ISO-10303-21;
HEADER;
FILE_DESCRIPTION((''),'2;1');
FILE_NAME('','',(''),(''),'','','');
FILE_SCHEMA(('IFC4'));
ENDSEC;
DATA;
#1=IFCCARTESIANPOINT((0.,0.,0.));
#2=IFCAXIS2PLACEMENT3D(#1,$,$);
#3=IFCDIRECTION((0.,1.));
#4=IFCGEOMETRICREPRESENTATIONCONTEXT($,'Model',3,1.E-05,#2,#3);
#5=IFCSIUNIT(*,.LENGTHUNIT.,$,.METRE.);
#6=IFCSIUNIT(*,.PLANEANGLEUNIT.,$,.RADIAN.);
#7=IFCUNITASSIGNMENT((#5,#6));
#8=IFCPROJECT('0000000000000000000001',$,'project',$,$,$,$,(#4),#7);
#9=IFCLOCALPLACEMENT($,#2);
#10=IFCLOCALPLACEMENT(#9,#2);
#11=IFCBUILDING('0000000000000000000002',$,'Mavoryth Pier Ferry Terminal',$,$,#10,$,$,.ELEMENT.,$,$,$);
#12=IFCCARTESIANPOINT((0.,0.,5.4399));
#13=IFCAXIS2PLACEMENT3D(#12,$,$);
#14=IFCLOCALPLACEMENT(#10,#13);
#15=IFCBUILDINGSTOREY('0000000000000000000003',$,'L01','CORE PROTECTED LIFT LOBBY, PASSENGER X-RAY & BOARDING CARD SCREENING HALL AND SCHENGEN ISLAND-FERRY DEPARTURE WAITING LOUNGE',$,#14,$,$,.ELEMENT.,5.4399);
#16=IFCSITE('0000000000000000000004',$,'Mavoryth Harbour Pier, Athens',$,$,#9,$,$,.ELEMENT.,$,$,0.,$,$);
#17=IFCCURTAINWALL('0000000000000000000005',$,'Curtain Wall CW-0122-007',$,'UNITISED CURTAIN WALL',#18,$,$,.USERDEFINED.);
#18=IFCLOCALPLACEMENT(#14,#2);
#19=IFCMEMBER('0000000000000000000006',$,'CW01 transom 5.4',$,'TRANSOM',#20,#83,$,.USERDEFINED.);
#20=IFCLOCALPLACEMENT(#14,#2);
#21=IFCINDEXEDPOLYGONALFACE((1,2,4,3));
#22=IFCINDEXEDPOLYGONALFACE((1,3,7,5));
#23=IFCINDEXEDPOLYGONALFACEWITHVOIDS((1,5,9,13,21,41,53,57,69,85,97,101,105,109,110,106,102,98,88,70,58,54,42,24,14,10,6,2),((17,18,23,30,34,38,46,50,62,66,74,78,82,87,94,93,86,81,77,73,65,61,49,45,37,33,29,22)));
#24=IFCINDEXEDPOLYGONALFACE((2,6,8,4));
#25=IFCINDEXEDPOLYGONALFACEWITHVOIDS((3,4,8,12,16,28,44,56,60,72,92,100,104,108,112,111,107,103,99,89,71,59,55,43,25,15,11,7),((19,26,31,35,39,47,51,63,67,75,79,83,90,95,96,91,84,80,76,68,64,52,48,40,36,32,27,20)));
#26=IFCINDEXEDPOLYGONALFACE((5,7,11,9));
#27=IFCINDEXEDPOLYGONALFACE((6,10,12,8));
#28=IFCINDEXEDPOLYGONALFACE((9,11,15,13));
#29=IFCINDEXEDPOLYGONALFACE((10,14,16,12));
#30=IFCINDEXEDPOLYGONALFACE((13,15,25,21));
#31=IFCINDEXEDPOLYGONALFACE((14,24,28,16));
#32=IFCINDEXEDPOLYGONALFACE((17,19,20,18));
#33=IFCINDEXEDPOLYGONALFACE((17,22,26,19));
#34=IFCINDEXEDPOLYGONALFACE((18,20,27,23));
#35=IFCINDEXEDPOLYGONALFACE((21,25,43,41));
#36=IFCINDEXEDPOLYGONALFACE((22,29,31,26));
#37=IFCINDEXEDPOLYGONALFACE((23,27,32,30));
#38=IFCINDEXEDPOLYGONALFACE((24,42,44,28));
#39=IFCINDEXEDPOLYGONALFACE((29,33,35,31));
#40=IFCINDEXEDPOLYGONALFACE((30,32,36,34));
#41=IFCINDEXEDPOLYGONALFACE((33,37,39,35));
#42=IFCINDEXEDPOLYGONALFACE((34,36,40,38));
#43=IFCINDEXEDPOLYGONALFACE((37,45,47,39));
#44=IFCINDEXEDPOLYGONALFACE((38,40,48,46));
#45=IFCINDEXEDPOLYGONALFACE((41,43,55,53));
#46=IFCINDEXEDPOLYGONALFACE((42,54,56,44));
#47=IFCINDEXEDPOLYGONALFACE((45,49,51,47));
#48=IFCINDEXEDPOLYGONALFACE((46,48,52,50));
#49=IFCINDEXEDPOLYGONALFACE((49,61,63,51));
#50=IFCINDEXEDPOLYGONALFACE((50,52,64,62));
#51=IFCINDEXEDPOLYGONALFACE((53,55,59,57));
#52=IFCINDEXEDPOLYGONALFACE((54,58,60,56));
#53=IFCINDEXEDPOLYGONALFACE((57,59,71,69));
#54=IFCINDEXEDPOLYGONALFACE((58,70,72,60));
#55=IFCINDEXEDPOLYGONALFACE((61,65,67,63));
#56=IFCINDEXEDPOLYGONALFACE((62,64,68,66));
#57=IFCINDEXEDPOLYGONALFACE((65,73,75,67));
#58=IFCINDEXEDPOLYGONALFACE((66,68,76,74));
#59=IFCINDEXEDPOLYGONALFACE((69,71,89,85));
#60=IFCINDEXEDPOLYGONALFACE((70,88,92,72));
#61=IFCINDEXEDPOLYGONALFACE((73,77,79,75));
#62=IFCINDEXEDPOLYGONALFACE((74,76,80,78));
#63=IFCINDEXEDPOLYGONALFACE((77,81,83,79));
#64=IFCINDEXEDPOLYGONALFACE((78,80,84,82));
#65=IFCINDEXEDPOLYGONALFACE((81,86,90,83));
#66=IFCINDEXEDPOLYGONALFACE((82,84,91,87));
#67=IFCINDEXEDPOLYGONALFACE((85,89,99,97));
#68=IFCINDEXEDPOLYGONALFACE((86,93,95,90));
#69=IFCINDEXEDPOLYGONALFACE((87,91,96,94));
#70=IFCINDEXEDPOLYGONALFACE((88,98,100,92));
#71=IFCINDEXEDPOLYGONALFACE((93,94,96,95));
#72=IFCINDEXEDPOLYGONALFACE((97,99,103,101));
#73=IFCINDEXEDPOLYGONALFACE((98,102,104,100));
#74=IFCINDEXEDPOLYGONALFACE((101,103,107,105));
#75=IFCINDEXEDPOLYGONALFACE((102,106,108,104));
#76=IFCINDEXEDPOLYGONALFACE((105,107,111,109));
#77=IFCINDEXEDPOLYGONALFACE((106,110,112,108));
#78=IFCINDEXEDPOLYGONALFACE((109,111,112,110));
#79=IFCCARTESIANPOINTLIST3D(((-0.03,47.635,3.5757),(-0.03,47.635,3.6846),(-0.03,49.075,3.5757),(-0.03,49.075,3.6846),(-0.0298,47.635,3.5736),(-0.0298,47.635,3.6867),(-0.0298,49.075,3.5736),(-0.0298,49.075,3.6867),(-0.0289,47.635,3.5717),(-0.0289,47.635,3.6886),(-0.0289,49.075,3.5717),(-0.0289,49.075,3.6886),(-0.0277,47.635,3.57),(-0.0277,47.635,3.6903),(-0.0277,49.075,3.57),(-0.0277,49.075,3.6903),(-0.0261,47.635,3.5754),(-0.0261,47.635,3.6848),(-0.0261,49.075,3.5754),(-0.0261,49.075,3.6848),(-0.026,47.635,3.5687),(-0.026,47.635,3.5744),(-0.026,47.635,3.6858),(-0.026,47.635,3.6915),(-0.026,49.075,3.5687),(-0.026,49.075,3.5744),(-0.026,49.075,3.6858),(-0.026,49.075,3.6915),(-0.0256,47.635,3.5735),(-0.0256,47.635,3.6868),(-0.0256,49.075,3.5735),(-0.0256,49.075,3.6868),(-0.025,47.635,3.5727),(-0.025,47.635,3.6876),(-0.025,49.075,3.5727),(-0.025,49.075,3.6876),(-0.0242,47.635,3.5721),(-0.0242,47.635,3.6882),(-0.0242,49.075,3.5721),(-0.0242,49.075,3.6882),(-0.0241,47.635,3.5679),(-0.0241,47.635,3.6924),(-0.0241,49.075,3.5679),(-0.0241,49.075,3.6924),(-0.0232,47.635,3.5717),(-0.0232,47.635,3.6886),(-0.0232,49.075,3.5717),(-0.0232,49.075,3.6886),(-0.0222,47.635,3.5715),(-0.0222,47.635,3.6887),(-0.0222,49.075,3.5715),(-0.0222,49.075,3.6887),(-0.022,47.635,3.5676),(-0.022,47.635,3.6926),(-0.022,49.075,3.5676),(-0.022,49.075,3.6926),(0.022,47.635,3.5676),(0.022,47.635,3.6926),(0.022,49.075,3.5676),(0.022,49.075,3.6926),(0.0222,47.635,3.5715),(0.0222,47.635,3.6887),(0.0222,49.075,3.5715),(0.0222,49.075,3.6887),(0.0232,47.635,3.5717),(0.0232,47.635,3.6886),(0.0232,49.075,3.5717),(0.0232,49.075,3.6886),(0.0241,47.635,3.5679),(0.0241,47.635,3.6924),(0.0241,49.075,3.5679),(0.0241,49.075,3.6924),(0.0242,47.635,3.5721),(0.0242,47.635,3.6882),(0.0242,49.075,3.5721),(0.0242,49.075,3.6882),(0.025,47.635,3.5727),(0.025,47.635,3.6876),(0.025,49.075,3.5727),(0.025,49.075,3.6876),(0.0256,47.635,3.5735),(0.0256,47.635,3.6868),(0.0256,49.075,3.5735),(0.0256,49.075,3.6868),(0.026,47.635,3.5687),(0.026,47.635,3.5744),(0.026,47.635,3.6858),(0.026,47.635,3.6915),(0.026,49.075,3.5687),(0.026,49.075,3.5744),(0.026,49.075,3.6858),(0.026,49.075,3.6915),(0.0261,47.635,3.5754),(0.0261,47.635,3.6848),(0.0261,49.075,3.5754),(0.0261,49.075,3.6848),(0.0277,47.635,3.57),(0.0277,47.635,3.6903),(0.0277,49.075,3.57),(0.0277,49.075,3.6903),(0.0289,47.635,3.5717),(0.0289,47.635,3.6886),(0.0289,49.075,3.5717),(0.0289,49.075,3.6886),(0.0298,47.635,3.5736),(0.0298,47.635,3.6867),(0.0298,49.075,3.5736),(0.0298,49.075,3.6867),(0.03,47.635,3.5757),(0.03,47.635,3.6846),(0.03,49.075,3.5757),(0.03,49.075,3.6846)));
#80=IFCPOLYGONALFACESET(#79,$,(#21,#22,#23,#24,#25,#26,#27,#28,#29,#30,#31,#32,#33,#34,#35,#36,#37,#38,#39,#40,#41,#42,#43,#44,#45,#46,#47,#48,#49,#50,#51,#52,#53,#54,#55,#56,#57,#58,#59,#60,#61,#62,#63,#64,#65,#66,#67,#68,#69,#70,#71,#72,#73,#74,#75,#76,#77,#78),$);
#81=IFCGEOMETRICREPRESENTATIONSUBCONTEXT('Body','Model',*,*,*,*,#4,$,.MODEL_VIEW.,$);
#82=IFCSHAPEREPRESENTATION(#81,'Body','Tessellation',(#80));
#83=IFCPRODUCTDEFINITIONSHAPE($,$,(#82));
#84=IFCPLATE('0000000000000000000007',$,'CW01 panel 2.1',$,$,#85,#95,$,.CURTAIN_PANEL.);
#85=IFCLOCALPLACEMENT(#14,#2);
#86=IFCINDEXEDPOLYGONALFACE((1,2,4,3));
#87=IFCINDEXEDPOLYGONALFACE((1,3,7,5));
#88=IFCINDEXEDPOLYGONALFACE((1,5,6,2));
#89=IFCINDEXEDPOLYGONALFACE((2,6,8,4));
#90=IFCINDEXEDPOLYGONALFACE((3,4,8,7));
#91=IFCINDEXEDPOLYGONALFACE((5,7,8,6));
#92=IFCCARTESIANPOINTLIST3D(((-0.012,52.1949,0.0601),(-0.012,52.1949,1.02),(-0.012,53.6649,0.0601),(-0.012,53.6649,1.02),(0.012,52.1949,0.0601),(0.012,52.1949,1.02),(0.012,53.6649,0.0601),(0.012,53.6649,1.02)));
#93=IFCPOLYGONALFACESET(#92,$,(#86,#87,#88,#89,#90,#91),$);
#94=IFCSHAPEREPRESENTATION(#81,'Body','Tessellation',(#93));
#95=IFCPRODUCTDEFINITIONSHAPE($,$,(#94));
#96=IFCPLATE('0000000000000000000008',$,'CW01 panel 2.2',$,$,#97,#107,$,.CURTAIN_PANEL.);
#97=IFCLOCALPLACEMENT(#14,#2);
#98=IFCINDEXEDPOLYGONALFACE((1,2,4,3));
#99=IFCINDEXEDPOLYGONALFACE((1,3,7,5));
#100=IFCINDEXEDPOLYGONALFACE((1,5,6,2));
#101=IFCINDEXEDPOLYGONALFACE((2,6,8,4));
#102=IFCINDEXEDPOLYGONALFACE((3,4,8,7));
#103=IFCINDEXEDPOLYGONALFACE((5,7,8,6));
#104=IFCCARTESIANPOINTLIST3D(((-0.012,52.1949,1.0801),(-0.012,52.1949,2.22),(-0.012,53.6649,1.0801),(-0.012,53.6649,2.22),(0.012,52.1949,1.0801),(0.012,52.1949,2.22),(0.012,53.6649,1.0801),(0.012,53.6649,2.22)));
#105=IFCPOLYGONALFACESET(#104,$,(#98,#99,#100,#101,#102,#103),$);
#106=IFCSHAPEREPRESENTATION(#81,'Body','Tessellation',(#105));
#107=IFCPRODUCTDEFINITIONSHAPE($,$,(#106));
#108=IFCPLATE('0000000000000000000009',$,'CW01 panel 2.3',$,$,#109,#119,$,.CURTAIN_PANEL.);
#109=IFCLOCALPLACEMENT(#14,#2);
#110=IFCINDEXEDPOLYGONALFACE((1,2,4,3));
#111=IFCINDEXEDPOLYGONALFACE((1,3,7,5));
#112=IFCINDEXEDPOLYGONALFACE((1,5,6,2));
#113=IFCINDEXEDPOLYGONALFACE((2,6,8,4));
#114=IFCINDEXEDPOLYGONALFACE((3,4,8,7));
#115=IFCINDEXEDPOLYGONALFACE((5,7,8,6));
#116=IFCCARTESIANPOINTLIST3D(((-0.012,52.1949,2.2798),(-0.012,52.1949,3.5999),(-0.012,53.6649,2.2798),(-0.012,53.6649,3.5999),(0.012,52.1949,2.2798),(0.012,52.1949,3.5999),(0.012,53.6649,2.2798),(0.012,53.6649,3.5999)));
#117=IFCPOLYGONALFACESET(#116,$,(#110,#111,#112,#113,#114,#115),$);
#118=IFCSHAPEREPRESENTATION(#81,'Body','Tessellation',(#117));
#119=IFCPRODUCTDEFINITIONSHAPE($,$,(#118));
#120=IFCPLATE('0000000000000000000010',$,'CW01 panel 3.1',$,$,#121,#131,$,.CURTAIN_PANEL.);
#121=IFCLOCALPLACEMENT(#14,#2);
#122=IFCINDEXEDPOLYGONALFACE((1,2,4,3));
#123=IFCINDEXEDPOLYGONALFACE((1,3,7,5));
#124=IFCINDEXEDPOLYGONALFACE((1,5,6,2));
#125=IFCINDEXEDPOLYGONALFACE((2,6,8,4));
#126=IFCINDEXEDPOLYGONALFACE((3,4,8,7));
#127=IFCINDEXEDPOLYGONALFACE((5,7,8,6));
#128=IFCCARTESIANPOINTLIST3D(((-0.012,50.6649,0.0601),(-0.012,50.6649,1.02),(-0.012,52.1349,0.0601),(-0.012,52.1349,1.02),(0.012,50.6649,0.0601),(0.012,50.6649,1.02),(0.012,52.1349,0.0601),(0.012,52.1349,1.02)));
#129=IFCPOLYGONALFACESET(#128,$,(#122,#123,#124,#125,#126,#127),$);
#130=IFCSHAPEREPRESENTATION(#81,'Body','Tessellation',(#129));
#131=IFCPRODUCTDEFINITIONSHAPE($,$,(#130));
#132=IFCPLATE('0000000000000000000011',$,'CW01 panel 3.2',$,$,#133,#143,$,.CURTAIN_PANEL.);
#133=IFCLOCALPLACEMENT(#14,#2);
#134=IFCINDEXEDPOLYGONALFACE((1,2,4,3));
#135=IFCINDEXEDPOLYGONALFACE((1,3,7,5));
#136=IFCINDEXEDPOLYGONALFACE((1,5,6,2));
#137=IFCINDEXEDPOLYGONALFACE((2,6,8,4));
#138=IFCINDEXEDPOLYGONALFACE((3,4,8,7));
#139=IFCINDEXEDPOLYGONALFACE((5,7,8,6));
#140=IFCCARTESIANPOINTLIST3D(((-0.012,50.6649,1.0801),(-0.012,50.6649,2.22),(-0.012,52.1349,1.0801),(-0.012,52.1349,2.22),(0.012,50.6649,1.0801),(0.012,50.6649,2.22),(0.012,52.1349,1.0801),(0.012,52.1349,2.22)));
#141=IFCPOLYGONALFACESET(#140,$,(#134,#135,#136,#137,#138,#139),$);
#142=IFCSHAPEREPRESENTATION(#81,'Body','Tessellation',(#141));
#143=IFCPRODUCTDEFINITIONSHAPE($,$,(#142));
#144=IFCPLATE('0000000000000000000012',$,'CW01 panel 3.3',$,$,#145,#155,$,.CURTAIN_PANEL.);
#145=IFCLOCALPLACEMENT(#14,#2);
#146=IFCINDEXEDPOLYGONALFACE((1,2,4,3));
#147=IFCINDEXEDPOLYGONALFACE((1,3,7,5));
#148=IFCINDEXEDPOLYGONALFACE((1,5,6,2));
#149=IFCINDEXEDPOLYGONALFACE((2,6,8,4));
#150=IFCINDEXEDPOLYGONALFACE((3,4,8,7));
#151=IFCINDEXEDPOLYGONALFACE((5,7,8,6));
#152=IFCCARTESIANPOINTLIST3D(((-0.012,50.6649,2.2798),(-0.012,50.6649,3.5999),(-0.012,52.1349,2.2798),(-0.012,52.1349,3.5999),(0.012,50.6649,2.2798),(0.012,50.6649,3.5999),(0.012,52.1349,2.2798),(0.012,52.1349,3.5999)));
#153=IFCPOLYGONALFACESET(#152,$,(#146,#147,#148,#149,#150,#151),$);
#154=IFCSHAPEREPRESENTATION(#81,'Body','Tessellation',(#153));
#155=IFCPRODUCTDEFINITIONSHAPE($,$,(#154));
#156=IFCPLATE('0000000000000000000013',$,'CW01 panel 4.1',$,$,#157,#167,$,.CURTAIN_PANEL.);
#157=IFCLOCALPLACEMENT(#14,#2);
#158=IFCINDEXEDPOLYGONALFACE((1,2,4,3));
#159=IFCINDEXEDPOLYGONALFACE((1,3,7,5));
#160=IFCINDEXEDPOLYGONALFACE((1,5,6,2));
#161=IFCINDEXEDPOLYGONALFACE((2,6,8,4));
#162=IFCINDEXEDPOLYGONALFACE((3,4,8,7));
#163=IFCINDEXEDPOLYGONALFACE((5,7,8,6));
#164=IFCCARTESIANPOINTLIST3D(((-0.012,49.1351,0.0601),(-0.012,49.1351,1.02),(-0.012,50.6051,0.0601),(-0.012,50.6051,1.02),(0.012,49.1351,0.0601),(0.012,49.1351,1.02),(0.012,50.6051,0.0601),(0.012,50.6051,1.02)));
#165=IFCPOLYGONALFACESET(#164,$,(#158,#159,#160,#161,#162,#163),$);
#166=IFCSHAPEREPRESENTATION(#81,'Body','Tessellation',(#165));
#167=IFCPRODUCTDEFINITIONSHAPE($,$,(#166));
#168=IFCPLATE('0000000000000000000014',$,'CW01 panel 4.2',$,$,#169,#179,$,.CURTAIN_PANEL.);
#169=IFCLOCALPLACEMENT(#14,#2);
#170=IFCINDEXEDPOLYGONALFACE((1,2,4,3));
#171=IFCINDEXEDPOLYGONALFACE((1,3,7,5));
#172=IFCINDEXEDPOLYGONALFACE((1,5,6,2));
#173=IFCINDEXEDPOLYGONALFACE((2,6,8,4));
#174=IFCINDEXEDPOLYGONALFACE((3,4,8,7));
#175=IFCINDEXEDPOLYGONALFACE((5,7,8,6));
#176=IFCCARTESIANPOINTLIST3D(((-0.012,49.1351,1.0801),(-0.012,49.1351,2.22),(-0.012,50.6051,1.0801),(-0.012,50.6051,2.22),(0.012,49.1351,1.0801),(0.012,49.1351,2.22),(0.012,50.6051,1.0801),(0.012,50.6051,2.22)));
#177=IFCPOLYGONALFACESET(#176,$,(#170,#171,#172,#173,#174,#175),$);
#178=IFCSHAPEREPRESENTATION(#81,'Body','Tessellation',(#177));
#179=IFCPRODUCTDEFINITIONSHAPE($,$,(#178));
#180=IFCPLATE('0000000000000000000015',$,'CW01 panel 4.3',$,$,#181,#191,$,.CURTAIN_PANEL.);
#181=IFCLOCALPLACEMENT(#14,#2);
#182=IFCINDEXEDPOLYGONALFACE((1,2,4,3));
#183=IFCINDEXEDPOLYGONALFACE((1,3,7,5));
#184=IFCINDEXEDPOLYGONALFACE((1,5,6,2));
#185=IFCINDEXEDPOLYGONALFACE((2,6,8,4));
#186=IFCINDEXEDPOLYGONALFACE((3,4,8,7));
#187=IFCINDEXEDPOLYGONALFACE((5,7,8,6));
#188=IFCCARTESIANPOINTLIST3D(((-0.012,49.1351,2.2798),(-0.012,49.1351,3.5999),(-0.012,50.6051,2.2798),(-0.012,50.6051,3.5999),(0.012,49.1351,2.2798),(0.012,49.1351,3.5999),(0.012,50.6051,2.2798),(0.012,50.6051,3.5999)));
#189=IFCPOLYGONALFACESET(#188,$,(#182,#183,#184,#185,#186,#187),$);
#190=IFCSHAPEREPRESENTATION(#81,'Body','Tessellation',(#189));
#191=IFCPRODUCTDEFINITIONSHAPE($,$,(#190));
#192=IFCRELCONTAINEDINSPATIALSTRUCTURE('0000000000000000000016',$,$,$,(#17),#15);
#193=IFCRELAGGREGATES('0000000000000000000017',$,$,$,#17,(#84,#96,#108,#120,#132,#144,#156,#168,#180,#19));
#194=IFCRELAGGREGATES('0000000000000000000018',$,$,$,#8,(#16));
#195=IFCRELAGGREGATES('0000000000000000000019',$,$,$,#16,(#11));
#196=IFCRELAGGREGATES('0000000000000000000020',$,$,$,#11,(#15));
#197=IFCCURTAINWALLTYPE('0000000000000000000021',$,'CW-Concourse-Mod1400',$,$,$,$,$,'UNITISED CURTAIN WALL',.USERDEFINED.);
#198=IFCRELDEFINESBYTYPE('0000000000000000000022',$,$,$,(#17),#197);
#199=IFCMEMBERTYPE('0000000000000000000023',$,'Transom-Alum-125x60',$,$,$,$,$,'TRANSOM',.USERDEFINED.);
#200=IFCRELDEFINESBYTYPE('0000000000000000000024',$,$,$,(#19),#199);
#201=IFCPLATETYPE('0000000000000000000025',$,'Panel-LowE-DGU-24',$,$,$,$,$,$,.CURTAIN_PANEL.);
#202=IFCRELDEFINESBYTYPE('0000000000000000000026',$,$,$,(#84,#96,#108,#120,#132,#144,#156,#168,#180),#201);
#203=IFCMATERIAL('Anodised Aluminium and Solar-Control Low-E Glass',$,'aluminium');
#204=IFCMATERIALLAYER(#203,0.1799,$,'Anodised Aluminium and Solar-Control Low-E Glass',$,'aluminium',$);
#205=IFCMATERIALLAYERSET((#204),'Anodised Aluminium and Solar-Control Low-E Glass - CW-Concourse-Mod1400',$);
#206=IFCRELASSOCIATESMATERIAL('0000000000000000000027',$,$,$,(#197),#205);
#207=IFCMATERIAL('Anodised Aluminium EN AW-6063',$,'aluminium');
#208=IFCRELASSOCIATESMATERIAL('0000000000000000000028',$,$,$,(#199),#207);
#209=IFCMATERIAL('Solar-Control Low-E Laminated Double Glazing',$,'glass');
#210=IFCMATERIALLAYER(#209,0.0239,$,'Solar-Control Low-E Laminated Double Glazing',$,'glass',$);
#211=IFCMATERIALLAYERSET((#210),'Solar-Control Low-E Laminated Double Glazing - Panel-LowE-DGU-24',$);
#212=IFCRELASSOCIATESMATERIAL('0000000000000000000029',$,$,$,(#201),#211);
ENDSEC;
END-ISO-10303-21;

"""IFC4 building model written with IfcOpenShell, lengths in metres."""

from ifc_helpers import new_model, si_unit, direction, frame, origin, origin_2d, place, context, subcontext, project, spatial, rectangle, hollow_rectangle, extrude, material, layer, layer_set, material_profile, profile_set, type_object, element, aggregate, save


model = new_model("IFC4")

# Units and contexts
model_context = context("Model", 3, precision=1e-05, world=origin(), true_north=direction((0.0, 1.0)))
body_context = subcontext(model_context, "Body", "Model", "MODEL_VIEW")
ifc_project = project(units=[si_unit("LENGTHUNIT", "METRE"), si_unit("PLANEANGLEUNIT", "RADIAN")], contexts=[model_context])

# Site, building, storey
site_placement = place(None, origin())
site = spatial("IfcSite", under=ifc_project, at=site_placement, Name="Mavoryth Harbour Pier, Athens", CompositionType="ELEMENT", RefElevation=0.0)
building_placement = place(site_placement, origin())
building = spatial("IfcBuilding", under=site, at=building_placement, Name="Mavoryth Pier Ferry Terminal", CompositionType="ELEMENT")
storey_placement = place(building_placement, frame((0.0, 0.0, 5.4399)))
storey = spatial("IfcBuildingStorey", under=building, at=storey_placement, Name="L01", Description="CORE PROTECTED LIFT LOBBY, PASSENGER X-RAY & BOARDING CARD SCREENING HALL AND SCHENGEN ISLAND-FERRY DEPARTURE WAITING LOUNGE", CompositionType="ELEMENT", Elevation=5.4399)

# Curtain wall
ifc_material_1 = material(Name="Anodised Aluminium and Solar-Control Low-E Glass", Category="aluminium")
ifc_layer_1 = layer(ifc_material_1, 0.1799, Name="Anodised Aluminium and Solar-Control Low-E Glass", Category="aluminium")
ifc_layer_set_1 = layer_set([ifc_layer_1], Name="Anodised Aluminium and Solar-Control Low-E Glass - CW-Concourse-Mod1400")
curtain_wall_type = type_object("IfcCurtainWallType", Name="CW-Concourse-Mod1400", ElementType="UNITISED CURTAIN WALL", PredefinedType="USERDEFINED", material=ifc_layer_set_1)
curtain_wall_placement = place(storey_placement, origin())
curtain_wall = element("IfcCurtainWall", 1, at=curtain_wall_placement, inside=storey, type_object=curtain_wall_type, Name="Curtain Wall CW-0122-007", ObjectType="UNITISED CURTAIN WALL", PredefinedType="USERDEFINED")
ifc_material_2 = material(Name="Anodised Aluminium EN AW-6063", Category="aluminium")

# Member
ifc_material_profile_1 = material_profile(ifc_material_2, hollow_rectangle(XDim=0.0601, YDim=0.125, WallThickness=0.0039, InnerFilletRadius=0.0039, OuterFilletRadius=0.0081, at=origin_2d()), Name="AL-TRAN 125x60x4", Category="aluminium")
ifc_profile_set_1 = profile_set([ifc_material_profile_1], Name="Anodised Aluminium EN AW-6063 - AL-TRAN 125x60x4")
member_type_1 = type_object("IfcMemberType", Name="Transom-Alum-125x60", ElementType="TRANSOM", PredefinedType="USERDEFINED", material=ifc_profile_set_1)
member_1_placement = place(storey_placement, frame((0.0, 49.075, 3.6301), z_axis=(0.0, -1.0, 0.0), x_axis=(1.0, 0.0, 0.0)))
member_1 = element("IfcMember", 2, at=member_1_placement, type_object=member_type_1, Name="CW01 transom 5.4", ObjectType="TRANSOM", PredefinedType="USERDEFINED", context=body_context, shape_type="SweptSolid", body=[
    extrude(hollow_rectangle(XDim=0.0601, YDim=0.125, WallThickness=0.0039, InnerFilletRadius=0.0039, OuterFilletRadius=0.0081, at=origin_2d()), origin(), (0.0, 0.0, 1.0), 1.4399),
])

# Plates
ifc_material_3 = material(Name="Solar-Control Low-E Laminated Double Glazing", Category="glass")
ifc_layer_2 = layer(ifc_material_3, 0.0239, Name="Solar-Control Low-E Laminated Double Glazing", Category="glass")
ifc_layer_set_2 = layer_set([ifc_layer_2], Name="Solar-Control Low-E Laminated Double Glazing - Panel-LowE-DGU-24")
plate_type = type_object("IfcPlateType", Name="Panel-LowE-DGU-24", PredefinedType="CURTAIN_PANEL", material=ifc_layer_set_2)
plate_1_placement = place(storey_placement, frame((0.0, 52.9299, 0.0601), z_axis=(0.0, 0.0, 1.0), x_axis=(0.0, -1.0, 0.0)))
plate_1 = element("IfcPlate", 3, at=plate_1_placement, type_object=plate_type, Name="CW01 panel 2.1", PredefinedType="CURTAIN_PANEL", context=body_context, shape_type="SweptSolid", body=[
    extrude(rectangle(XDim=1.47, YDim=0.0239, at=origin_2d()), origin(), (0.0, 0.0, 1.0), 0.96),
])
plate_2_placement = place(storey_placement, frame((0.0, 52.9299, 1.0801), z_axis=(0.0, 0.0, 1.0), x_axis=(0.0, -1.0, 0.0)))
plate_2 = element("IfcPlate", 4, at=plate_2_placement, type_object=plate_type, Name="CW01 panel 2.2", PredefinedType="CURTAIN_PANEL", context=body_context, shape_type="SweptSolid", body=[
    extrude(rectangle(XDim=1.47, YDim=0.0239, at=origin_2d()), origin(), (0.0, 0.0, 1.0), 1.1399),
])
plate_3_placement = place(storey_placement, frame((0.0, 52.9299, 2.2798), z_axis=(0.0, 0.0, 1.0), x_axis=(0.0, -1.0, 0.0)))
plate_3 = element("IfcPlate", 5, at=plate_3_placement, type_object=plate_type, Name="CW01 panel 2.3", PredefinedType="CURTAIN_PANEL", context=body_context, shape_type="SweptSolid", body=[
    extrude(rectangle(XDim=1.47, YDim=0.0239, at=origin_2d()), origin(), (0.0, 0.0, 1.0), 1.3201),
])
plate_4_placement = place(storey_placement, frame((0.0, 51.3999, 0.0601), z_axis=(0.0, 0.0, 1.0), x_axis=(0.0, -1.0, 0.0)))
plate_4 = element("IfcPlate", 6, at=plate_4_placement, type_object=plate_type, Name="CW01 panel 3.1", PredefinedType="CURTAIN_PANEL", context=body_context, shape_type="SweptSolid", body=[
    extrude(rectangle(XDim=1.47, YDim=0.0239, at=origin_2d()), origin(), (0.0, 0.0, 1.0), 0.96),
])
plate_5_placement = place(storey_placement, frame((0.0, 51.3999, 1.0801), z_axis=(0.0, 0.0, 1.0), x_axis=(0.0, -1.0, 0.0)))
plate_5 = element("IfcPlate", 7, at=plate_5_placement, type_object=plate_type, Name="CW01 panel 3.2", PredefinedType="CURTAIN_PANEL", context=body_context, shape_type="SweptSolid", body=[
    extrude(rectangle(XDim=1.47, YDim=0.0239, at=origin_2d()), origin(), (0.0, 0.0, 1.0), 1.1399),
])
plate_6_placement = place(storey_placement, frame((0.0, 51.3999, 2.2798), z_axis=(0.0, 0.0, 1.0), x_axis=(0.0, -1.0, 0.0)))
plate_6 = element("IfcPlate", 8, at=plate_6_placement, type_object=plate_type, Name="CW01 panel 3.3", PredefinedType="CURTAIN_PANEL", context=body_context, shape_type="SweptSolid", body=[
    extrude(rectangle(XDim=1.47, YDim=0.0239, at=origin_2d()), origin(), (0.0, 0.0, 1.0), 1.3201),
])
plate_7_placement = place(storey_placement, frame((0.0, 49.8701, 0.0601), z_axis=(0.0, 0.0, 1.0), x_axis=(0.0, -1.0, 0.0)))
plate_7 = element("IfcPlate", 9, at=plate_7_placement, type_object=plate_type, Name="CW01 panel 4.1", PredefinedType="CURTAIN_PANEL", context=body_context, shape_type="SweptSolid", body=[
    extrude(rectangle(XDim=1.47, YDim=0.0239, at=origin_2d()), origin(), (0.0, 0.0, 1.0), 0.96),
])
plate_8_placement = place(storey_placement, frame((0.0, 49.8701, 1.0801), z_axis=(0.0, 0.0, 1.0), x_axis=(0.0, -1.0, 0.0)))
plate_8 = element("IfcPlate", 10, at=plate_8_placement, type_object=plate_type, Name="CW01 panel 4.2", PredefinedType="CURTAIN_PANEL", context=body_context, shape_type="SweptSolid", body=[
    extrude(rectangle(XDim=1.47, YDim=0.0239, at=origin_2d()), origin(), (0.0, 0.0, 1.0), 1.1399),
])
plate_9_placement = place(storey_placement, frame((0.0, 49.8701, 2.2798), z_axis=(0.0, 0.0, 1.0), x_axis=(0.0, -1.0, 0.0)))
plate_9 = element("IfcPlate", 11, at=plate_9_placement, type_object=plate_type, Name="CW01 panel 4.3", PredefinedType="CURTAIN_PANEL", context=body_context, shape_type="SweptSolid", body=[
    extrude(rectangle(XDim=1.47, YDim=0.0239, at=origin_2d()), origin(), (0.0, 0.0, 1.0), 1.3201),
])
aggregate(curtain_wall, [plate_1, plate_2, plate_3, plate_4, plate_5, plate_6, plate_7, plate_8, plate_9, member_1])

save(model, "model.ifc")
